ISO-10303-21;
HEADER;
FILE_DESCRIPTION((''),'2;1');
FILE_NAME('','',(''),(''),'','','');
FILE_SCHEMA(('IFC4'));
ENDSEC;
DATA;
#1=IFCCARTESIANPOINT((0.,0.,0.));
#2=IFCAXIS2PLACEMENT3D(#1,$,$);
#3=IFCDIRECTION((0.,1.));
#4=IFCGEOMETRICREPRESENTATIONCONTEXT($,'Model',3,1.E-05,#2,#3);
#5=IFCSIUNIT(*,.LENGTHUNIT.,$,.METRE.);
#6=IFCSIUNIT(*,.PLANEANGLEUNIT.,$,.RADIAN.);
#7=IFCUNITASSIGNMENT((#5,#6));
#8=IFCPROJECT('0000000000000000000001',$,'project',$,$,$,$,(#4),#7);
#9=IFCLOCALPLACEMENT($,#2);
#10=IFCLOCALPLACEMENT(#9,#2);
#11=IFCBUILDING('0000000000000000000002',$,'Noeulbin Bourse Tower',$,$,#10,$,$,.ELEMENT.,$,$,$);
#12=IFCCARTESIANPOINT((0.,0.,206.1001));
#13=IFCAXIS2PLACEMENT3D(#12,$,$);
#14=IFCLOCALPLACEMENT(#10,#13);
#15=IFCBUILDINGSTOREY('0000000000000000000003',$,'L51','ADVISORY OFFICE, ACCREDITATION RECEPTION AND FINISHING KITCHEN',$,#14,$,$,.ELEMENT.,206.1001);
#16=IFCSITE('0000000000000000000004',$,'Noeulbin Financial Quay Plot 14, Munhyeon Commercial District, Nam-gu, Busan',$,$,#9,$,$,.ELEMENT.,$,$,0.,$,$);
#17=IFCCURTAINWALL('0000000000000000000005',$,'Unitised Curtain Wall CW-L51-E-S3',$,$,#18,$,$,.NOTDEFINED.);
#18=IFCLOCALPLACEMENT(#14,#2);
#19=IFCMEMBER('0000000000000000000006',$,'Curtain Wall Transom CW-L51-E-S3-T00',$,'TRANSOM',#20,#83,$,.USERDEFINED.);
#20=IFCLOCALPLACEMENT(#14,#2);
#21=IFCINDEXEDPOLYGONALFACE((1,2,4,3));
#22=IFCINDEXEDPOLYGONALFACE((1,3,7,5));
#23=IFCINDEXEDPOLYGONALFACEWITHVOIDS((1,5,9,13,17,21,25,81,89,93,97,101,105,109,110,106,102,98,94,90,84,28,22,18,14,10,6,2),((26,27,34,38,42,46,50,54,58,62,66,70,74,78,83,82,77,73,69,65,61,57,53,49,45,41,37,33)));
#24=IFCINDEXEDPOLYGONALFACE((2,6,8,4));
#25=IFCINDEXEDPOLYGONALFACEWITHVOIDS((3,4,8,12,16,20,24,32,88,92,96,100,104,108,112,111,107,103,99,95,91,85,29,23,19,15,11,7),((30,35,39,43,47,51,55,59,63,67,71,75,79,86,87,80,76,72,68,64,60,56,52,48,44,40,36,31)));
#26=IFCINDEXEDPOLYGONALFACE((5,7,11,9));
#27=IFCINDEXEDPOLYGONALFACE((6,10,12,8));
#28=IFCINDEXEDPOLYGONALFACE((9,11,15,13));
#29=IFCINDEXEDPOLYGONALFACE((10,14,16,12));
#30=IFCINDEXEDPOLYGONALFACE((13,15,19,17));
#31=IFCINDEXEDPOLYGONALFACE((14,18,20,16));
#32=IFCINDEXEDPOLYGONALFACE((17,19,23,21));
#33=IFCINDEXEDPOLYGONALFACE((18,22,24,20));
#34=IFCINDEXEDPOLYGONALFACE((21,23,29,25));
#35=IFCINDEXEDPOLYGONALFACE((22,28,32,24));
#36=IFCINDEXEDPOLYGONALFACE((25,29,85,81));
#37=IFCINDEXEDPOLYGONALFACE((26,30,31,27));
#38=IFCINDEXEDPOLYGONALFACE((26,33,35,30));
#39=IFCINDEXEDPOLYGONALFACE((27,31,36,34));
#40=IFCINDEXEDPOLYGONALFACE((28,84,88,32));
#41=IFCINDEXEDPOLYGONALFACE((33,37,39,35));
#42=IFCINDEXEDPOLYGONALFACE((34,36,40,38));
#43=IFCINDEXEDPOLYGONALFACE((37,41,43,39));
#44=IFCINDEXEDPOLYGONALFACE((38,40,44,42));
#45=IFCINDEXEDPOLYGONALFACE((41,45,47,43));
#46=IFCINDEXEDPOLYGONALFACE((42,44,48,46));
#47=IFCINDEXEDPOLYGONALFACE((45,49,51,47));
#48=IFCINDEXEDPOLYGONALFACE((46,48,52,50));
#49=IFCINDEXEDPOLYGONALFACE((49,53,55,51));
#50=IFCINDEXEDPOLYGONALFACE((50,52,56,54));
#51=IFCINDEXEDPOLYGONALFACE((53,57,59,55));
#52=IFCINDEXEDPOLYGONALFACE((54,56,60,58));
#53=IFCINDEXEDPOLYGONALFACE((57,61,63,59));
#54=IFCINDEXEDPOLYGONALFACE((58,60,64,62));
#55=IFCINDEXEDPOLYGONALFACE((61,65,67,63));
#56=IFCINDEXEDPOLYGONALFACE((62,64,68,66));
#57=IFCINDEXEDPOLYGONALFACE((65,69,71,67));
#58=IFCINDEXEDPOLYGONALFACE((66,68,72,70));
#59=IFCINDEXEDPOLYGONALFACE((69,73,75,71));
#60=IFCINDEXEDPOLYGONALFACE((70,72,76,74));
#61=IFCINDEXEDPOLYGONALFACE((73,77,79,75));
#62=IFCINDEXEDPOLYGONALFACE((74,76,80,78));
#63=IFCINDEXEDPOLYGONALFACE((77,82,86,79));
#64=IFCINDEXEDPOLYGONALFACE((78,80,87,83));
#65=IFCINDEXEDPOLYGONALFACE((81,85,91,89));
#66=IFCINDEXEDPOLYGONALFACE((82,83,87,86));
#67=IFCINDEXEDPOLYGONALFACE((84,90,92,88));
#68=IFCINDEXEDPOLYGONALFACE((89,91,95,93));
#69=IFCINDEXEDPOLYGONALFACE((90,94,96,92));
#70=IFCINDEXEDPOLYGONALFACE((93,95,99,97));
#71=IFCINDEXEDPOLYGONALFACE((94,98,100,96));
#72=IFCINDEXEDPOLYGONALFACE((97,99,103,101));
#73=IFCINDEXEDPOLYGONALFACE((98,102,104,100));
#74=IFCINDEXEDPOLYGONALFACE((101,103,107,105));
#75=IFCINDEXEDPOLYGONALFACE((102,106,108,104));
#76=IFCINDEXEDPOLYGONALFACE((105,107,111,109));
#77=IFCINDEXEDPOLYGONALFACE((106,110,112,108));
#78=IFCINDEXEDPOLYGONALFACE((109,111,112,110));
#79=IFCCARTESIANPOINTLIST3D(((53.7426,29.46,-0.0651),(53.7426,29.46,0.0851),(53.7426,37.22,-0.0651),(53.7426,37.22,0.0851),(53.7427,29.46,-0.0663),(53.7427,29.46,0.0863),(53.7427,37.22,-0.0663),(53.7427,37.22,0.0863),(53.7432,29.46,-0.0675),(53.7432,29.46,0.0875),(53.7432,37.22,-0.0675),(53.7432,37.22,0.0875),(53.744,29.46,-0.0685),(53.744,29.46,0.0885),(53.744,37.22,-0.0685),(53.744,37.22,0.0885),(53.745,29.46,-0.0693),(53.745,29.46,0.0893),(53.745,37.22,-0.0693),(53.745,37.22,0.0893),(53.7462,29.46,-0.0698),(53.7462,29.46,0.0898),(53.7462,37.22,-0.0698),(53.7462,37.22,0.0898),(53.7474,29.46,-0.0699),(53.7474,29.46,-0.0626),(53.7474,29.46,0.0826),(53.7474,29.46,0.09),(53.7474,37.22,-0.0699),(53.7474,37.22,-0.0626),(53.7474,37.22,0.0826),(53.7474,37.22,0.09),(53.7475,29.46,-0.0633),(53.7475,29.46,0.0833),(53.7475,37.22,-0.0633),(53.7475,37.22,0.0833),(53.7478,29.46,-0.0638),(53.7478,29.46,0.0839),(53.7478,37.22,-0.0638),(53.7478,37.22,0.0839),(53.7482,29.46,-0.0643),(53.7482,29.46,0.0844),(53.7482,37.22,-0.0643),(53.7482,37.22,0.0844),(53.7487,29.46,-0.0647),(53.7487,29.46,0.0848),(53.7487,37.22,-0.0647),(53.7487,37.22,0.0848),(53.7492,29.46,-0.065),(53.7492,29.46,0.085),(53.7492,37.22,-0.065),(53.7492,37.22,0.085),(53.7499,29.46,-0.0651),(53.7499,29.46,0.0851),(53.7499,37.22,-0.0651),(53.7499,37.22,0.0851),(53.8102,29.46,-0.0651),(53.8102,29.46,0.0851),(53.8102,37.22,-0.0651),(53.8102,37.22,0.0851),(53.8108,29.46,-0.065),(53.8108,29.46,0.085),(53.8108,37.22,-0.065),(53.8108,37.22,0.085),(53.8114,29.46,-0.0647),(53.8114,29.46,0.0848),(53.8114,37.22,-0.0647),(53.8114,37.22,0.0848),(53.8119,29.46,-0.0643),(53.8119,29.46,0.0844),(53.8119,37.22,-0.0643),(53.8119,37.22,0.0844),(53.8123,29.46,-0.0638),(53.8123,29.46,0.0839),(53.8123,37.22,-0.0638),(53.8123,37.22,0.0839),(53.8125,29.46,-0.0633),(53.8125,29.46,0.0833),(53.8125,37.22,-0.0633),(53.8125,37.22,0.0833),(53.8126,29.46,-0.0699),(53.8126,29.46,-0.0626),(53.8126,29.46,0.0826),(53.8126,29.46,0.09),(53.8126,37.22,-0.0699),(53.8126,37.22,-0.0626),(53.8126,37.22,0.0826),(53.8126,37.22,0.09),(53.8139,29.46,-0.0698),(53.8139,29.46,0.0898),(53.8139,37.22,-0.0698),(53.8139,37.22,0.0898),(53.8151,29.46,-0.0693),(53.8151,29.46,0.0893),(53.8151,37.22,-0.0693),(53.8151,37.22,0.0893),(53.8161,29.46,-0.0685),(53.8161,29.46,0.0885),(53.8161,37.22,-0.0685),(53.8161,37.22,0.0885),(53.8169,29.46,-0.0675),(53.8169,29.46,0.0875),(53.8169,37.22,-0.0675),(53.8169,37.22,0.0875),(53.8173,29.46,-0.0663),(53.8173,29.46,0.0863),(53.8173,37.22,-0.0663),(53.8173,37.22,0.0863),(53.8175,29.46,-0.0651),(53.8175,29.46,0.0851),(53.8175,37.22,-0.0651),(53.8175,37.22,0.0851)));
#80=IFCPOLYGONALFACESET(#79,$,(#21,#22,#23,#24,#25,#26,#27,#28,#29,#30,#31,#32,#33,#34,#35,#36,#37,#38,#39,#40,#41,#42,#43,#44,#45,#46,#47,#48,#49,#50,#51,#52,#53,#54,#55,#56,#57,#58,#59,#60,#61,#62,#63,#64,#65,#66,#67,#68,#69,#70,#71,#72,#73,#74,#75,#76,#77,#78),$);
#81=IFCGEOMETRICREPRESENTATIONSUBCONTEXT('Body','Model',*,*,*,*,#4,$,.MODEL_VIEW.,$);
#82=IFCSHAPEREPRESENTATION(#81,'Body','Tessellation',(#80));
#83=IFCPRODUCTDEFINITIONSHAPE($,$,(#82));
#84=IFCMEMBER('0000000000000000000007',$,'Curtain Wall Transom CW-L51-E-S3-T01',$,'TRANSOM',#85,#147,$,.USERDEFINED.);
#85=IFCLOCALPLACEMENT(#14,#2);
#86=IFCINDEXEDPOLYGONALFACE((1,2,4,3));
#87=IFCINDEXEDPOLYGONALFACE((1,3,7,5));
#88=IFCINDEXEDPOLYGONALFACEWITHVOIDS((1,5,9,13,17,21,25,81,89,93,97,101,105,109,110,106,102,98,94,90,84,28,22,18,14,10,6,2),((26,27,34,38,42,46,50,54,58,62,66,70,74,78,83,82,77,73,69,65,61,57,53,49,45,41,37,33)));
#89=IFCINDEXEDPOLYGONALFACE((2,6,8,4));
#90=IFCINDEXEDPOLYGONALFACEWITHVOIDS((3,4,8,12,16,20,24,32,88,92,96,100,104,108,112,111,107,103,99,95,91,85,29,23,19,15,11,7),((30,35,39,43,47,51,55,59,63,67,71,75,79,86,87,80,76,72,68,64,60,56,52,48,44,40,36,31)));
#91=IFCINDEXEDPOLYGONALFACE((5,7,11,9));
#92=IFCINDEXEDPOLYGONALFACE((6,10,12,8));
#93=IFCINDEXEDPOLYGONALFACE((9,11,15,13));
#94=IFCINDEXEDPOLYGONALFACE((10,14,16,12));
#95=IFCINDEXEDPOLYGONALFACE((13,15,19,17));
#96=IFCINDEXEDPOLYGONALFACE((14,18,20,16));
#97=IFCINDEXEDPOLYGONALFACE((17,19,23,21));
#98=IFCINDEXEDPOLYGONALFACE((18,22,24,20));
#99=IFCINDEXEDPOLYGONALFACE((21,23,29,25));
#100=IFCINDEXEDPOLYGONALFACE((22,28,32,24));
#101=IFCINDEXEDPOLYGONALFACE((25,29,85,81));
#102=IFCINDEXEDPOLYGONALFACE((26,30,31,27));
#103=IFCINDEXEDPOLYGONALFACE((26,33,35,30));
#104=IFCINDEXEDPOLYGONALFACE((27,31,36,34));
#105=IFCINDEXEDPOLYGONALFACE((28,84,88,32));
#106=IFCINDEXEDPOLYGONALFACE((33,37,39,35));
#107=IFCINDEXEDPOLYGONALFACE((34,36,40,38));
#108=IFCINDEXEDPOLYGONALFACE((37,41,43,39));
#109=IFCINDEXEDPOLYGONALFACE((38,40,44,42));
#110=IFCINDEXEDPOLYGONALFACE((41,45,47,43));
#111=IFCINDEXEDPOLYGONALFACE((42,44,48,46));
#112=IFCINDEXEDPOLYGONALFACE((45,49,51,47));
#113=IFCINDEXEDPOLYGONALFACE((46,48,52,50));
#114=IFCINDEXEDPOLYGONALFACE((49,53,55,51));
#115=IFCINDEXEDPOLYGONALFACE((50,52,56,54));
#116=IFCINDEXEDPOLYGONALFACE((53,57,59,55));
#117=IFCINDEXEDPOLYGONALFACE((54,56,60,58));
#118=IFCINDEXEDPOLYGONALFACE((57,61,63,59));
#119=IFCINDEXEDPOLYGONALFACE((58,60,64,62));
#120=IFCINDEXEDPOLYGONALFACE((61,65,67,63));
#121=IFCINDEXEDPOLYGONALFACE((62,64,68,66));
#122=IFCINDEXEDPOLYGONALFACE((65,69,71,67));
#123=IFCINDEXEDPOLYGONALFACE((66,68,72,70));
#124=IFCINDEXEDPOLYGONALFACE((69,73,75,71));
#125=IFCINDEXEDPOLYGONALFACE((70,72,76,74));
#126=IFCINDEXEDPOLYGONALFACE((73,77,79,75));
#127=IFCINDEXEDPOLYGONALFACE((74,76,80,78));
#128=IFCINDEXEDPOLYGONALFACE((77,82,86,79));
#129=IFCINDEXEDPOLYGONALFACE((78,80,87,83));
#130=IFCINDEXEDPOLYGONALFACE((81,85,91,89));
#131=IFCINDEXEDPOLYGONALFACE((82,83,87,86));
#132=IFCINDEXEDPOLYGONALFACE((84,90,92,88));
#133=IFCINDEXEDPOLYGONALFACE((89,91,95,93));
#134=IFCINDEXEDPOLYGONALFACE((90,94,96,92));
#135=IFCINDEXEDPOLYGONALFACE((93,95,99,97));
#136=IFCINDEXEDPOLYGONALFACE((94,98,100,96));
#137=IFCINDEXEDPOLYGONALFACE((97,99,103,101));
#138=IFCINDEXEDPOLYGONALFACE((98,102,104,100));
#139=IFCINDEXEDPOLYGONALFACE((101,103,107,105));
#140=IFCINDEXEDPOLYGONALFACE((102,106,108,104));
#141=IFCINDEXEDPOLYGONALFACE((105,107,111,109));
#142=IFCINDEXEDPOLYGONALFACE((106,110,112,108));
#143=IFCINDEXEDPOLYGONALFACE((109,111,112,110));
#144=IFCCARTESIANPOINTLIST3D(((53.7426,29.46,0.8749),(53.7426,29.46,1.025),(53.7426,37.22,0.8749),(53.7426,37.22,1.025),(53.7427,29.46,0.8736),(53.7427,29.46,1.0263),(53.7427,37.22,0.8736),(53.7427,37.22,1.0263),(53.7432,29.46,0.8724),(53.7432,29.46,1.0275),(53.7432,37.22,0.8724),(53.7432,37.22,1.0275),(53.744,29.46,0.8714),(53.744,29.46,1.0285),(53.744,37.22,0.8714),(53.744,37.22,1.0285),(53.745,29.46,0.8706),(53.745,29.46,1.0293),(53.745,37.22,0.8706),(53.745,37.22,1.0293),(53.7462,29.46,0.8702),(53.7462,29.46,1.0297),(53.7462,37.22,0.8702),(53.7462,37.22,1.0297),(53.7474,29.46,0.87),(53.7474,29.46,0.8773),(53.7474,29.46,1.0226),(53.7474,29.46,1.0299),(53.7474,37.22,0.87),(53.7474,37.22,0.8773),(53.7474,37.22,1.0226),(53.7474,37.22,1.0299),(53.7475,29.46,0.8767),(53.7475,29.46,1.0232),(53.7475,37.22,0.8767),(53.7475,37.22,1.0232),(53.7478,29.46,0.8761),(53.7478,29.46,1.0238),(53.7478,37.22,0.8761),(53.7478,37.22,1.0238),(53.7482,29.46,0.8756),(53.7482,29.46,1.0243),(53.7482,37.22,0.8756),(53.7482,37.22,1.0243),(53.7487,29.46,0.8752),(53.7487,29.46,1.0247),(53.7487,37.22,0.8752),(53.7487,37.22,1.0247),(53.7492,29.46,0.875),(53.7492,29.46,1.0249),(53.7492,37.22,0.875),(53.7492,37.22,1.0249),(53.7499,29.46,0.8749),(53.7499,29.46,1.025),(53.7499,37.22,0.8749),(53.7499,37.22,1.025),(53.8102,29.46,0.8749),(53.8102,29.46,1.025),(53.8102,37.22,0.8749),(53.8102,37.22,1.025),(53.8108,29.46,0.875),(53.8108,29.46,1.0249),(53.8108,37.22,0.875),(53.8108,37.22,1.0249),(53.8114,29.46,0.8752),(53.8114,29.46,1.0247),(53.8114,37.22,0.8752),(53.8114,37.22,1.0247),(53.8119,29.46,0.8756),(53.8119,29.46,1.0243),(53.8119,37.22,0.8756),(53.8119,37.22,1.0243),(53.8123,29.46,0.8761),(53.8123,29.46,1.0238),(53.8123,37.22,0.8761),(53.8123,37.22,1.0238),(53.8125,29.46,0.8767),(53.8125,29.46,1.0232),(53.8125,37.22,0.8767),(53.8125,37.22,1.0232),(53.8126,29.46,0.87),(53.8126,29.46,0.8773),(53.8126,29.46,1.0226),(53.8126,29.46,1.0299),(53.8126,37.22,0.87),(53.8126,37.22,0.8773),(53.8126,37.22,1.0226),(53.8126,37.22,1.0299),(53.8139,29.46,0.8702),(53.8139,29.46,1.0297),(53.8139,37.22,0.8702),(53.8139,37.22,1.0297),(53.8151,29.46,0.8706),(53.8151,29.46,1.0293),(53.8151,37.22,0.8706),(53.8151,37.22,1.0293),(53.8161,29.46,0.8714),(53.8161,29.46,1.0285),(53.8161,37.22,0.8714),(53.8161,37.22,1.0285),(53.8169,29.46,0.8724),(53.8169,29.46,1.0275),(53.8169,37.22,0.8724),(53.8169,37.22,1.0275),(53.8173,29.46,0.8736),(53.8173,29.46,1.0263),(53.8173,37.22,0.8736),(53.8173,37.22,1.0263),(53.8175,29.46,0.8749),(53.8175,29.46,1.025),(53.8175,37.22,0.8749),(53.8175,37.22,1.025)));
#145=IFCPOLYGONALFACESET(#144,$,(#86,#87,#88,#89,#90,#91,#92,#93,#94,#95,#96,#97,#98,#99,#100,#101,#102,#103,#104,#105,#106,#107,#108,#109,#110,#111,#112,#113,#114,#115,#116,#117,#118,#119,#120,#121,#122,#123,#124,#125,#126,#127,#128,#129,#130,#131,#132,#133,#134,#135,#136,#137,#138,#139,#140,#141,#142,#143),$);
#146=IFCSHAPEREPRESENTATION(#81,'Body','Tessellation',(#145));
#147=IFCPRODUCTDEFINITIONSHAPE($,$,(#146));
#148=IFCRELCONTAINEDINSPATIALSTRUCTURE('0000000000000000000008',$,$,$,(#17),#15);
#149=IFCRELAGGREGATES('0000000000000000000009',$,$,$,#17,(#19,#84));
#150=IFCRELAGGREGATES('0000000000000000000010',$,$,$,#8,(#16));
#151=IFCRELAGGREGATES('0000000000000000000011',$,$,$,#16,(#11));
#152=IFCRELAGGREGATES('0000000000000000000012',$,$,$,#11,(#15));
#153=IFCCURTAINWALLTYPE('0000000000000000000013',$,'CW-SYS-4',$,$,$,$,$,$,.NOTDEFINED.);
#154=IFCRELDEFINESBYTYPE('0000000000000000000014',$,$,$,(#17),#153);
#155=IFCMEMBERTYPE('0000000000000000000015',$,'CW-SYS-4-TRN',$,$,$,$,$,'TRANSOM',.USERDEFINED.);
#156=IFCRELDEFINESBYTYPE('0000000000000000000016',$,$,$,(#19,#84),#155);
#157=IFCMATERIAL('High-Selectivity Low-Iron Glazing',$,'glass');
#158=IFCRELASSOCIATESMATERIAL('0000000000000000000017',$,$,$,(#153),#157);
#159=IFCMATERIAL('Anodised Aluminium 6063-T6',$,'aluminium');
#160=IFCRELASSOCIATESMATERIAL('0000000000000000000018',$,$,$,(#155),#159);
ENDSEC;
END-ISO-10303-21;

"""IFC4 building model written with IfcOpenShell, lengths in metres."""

from ifc_helpers import new_model, si_unit, direction, frame, origin, origin_2d, place, context, subcontext, project, spatial, hollow_rectangle, extrude, material, material_profile, profile_set, type_object, element, aggregate, save


model = new_model("IFC4")

# Units and contexts
model_context = context("Model", 3, precision=1e-05, world=origin(), true_north=direction((0.0, 1.0)))
body_context = subcontext(model_context, "Body", "Model", "MODEL_VIEW")
ifc_project = project(units=[si_unit("LENGTHUNIT", "METRE"), si_unit("PLANEANGLEUNIT", "RADIAN")], contexts=[model_context])

# Site, building, storey
site_placement = place(None, origin())
site = spatial("IfcSite", under=ifc_project, at=site_placement, Name="Noeulbin Financial Quay Plot 14, Munhyeon Commercial District, Nam-gu, Busan", CompositionType="ELEMENT", RefElevation=0.0)
building_placement = place(site_placement, origin())
building = spatial("IfcBuilding", under=site, at=building_placement, Name="Noeulbin Bourse Tower", CompositionType="ELEMENT")
storey_placement = place(building_placement, frame((0.0, 0.0, 206.1001)))
storey = spatial("IfcBuildingStorey", under=building, at=storey_placement, Name="L51", Description="ADVISORY OFFICE, ACCREDITATION RECEPTION AND FINISHING KITCHEN", CompositionType="ELEMENT", Elevation=206.1001)

# Curtain wall, members
ifc_material_1 = material(Name="High-Selectivity Low-Iron Glazing", Category="glass")
curtain_wall_type = type_object("IfcCurtainWallType", Name="CW-SYS-4", PredefinedType="NOTDEFINED", material=ifc_material_1)
ifc_material_2 = material(Name="Anodised Aluminium 6063-T6", Category="aluminium")
curtain_wall_1_placement = place(storey_placement, origin())
curtain_wall_1 = element("IfcCurtainWall", 1, at=curtain_wall_1_placement, inside=storey, type_object=curtain_wall_type, Name="Unitised Curtain Wall CW-L51-E-S3", PredefinedType="NOTDEFINED")
ifc_material_profile_1 = material_profile(ifc_material_2, hollow_rectangle(XDim=0.075, YDim=0.1599, WallThickness=0.0049, InnerFilletRadius=0.0024, OuterFilletRadius=0.0049, at=origin_2d()), Name="ALU-TRAN-75x160x5", Category="LoadBearing")
ifc_profile_set_1 = profile_set([ifc_material_profile_1], Name="Anodised Aluminium 6063-T6")
member_type_1 = type_object("IfcMemberType", Name="CW-SYS-4-TRN", ElementType="TRANSOM", PredefinedType="USERDEFINED", material=ifc_profile_set_1)
member_1_placement = place(storey_placement, frame((53.78, 29.46, 0.01), z_axis=(0.0, 1.0, 0.0), x_axis=(-1.0, 0.0, 0.0)))
member_1 = element("IfcMember", 2, at=member_1_placement, type_object=member_type_1, Name="Curtain Wall Transom CW-L51-E-S3-T00", ObjectType="TRANSOM", PredefinedType="USERDEFINED", context=body_context, shape_type="SweptSolid", body=[
    extrude(hollow_rectangle(XDim=0.075, YDim=0.1599, WallThickness=0.0049, InnerFilletRadius=0.0024, OuterFilletRadius=0.0049, at=origin_2d()), origin(), (0.0, 0.0, 1.0), 7.76),
])
member_2_placement = place(storey_placement, frame((53.78, 29.46, 0.95), z_axis=(0.0, 1.0, 0.0), x_axis=(-1.0, 0.0, 0.0)))
member_2 = element("IfcMember", 3, at=member_2_placement, type_object=member_type_1, Name="Curtain Wall Transom CW-L51-E-S3-T01", ObjectType="TRANSOM", PredefinedType="USERDEFINED", context=body_context, shape_type="SweptSolid", body=[
    extrude(hollow_rectangle(XDim=0.075, YDim=0.1599, WallThickness=0.0049, InnerFilletRadius=0.0024, OuterFilletRadius=0.0049, at=origin_2d()), origin(), (0.0, 0.0, 1.0), 7.76),
])

aggregate(curtain_wall_1, [member_1, member_2])

save(model, "model.ifc")
